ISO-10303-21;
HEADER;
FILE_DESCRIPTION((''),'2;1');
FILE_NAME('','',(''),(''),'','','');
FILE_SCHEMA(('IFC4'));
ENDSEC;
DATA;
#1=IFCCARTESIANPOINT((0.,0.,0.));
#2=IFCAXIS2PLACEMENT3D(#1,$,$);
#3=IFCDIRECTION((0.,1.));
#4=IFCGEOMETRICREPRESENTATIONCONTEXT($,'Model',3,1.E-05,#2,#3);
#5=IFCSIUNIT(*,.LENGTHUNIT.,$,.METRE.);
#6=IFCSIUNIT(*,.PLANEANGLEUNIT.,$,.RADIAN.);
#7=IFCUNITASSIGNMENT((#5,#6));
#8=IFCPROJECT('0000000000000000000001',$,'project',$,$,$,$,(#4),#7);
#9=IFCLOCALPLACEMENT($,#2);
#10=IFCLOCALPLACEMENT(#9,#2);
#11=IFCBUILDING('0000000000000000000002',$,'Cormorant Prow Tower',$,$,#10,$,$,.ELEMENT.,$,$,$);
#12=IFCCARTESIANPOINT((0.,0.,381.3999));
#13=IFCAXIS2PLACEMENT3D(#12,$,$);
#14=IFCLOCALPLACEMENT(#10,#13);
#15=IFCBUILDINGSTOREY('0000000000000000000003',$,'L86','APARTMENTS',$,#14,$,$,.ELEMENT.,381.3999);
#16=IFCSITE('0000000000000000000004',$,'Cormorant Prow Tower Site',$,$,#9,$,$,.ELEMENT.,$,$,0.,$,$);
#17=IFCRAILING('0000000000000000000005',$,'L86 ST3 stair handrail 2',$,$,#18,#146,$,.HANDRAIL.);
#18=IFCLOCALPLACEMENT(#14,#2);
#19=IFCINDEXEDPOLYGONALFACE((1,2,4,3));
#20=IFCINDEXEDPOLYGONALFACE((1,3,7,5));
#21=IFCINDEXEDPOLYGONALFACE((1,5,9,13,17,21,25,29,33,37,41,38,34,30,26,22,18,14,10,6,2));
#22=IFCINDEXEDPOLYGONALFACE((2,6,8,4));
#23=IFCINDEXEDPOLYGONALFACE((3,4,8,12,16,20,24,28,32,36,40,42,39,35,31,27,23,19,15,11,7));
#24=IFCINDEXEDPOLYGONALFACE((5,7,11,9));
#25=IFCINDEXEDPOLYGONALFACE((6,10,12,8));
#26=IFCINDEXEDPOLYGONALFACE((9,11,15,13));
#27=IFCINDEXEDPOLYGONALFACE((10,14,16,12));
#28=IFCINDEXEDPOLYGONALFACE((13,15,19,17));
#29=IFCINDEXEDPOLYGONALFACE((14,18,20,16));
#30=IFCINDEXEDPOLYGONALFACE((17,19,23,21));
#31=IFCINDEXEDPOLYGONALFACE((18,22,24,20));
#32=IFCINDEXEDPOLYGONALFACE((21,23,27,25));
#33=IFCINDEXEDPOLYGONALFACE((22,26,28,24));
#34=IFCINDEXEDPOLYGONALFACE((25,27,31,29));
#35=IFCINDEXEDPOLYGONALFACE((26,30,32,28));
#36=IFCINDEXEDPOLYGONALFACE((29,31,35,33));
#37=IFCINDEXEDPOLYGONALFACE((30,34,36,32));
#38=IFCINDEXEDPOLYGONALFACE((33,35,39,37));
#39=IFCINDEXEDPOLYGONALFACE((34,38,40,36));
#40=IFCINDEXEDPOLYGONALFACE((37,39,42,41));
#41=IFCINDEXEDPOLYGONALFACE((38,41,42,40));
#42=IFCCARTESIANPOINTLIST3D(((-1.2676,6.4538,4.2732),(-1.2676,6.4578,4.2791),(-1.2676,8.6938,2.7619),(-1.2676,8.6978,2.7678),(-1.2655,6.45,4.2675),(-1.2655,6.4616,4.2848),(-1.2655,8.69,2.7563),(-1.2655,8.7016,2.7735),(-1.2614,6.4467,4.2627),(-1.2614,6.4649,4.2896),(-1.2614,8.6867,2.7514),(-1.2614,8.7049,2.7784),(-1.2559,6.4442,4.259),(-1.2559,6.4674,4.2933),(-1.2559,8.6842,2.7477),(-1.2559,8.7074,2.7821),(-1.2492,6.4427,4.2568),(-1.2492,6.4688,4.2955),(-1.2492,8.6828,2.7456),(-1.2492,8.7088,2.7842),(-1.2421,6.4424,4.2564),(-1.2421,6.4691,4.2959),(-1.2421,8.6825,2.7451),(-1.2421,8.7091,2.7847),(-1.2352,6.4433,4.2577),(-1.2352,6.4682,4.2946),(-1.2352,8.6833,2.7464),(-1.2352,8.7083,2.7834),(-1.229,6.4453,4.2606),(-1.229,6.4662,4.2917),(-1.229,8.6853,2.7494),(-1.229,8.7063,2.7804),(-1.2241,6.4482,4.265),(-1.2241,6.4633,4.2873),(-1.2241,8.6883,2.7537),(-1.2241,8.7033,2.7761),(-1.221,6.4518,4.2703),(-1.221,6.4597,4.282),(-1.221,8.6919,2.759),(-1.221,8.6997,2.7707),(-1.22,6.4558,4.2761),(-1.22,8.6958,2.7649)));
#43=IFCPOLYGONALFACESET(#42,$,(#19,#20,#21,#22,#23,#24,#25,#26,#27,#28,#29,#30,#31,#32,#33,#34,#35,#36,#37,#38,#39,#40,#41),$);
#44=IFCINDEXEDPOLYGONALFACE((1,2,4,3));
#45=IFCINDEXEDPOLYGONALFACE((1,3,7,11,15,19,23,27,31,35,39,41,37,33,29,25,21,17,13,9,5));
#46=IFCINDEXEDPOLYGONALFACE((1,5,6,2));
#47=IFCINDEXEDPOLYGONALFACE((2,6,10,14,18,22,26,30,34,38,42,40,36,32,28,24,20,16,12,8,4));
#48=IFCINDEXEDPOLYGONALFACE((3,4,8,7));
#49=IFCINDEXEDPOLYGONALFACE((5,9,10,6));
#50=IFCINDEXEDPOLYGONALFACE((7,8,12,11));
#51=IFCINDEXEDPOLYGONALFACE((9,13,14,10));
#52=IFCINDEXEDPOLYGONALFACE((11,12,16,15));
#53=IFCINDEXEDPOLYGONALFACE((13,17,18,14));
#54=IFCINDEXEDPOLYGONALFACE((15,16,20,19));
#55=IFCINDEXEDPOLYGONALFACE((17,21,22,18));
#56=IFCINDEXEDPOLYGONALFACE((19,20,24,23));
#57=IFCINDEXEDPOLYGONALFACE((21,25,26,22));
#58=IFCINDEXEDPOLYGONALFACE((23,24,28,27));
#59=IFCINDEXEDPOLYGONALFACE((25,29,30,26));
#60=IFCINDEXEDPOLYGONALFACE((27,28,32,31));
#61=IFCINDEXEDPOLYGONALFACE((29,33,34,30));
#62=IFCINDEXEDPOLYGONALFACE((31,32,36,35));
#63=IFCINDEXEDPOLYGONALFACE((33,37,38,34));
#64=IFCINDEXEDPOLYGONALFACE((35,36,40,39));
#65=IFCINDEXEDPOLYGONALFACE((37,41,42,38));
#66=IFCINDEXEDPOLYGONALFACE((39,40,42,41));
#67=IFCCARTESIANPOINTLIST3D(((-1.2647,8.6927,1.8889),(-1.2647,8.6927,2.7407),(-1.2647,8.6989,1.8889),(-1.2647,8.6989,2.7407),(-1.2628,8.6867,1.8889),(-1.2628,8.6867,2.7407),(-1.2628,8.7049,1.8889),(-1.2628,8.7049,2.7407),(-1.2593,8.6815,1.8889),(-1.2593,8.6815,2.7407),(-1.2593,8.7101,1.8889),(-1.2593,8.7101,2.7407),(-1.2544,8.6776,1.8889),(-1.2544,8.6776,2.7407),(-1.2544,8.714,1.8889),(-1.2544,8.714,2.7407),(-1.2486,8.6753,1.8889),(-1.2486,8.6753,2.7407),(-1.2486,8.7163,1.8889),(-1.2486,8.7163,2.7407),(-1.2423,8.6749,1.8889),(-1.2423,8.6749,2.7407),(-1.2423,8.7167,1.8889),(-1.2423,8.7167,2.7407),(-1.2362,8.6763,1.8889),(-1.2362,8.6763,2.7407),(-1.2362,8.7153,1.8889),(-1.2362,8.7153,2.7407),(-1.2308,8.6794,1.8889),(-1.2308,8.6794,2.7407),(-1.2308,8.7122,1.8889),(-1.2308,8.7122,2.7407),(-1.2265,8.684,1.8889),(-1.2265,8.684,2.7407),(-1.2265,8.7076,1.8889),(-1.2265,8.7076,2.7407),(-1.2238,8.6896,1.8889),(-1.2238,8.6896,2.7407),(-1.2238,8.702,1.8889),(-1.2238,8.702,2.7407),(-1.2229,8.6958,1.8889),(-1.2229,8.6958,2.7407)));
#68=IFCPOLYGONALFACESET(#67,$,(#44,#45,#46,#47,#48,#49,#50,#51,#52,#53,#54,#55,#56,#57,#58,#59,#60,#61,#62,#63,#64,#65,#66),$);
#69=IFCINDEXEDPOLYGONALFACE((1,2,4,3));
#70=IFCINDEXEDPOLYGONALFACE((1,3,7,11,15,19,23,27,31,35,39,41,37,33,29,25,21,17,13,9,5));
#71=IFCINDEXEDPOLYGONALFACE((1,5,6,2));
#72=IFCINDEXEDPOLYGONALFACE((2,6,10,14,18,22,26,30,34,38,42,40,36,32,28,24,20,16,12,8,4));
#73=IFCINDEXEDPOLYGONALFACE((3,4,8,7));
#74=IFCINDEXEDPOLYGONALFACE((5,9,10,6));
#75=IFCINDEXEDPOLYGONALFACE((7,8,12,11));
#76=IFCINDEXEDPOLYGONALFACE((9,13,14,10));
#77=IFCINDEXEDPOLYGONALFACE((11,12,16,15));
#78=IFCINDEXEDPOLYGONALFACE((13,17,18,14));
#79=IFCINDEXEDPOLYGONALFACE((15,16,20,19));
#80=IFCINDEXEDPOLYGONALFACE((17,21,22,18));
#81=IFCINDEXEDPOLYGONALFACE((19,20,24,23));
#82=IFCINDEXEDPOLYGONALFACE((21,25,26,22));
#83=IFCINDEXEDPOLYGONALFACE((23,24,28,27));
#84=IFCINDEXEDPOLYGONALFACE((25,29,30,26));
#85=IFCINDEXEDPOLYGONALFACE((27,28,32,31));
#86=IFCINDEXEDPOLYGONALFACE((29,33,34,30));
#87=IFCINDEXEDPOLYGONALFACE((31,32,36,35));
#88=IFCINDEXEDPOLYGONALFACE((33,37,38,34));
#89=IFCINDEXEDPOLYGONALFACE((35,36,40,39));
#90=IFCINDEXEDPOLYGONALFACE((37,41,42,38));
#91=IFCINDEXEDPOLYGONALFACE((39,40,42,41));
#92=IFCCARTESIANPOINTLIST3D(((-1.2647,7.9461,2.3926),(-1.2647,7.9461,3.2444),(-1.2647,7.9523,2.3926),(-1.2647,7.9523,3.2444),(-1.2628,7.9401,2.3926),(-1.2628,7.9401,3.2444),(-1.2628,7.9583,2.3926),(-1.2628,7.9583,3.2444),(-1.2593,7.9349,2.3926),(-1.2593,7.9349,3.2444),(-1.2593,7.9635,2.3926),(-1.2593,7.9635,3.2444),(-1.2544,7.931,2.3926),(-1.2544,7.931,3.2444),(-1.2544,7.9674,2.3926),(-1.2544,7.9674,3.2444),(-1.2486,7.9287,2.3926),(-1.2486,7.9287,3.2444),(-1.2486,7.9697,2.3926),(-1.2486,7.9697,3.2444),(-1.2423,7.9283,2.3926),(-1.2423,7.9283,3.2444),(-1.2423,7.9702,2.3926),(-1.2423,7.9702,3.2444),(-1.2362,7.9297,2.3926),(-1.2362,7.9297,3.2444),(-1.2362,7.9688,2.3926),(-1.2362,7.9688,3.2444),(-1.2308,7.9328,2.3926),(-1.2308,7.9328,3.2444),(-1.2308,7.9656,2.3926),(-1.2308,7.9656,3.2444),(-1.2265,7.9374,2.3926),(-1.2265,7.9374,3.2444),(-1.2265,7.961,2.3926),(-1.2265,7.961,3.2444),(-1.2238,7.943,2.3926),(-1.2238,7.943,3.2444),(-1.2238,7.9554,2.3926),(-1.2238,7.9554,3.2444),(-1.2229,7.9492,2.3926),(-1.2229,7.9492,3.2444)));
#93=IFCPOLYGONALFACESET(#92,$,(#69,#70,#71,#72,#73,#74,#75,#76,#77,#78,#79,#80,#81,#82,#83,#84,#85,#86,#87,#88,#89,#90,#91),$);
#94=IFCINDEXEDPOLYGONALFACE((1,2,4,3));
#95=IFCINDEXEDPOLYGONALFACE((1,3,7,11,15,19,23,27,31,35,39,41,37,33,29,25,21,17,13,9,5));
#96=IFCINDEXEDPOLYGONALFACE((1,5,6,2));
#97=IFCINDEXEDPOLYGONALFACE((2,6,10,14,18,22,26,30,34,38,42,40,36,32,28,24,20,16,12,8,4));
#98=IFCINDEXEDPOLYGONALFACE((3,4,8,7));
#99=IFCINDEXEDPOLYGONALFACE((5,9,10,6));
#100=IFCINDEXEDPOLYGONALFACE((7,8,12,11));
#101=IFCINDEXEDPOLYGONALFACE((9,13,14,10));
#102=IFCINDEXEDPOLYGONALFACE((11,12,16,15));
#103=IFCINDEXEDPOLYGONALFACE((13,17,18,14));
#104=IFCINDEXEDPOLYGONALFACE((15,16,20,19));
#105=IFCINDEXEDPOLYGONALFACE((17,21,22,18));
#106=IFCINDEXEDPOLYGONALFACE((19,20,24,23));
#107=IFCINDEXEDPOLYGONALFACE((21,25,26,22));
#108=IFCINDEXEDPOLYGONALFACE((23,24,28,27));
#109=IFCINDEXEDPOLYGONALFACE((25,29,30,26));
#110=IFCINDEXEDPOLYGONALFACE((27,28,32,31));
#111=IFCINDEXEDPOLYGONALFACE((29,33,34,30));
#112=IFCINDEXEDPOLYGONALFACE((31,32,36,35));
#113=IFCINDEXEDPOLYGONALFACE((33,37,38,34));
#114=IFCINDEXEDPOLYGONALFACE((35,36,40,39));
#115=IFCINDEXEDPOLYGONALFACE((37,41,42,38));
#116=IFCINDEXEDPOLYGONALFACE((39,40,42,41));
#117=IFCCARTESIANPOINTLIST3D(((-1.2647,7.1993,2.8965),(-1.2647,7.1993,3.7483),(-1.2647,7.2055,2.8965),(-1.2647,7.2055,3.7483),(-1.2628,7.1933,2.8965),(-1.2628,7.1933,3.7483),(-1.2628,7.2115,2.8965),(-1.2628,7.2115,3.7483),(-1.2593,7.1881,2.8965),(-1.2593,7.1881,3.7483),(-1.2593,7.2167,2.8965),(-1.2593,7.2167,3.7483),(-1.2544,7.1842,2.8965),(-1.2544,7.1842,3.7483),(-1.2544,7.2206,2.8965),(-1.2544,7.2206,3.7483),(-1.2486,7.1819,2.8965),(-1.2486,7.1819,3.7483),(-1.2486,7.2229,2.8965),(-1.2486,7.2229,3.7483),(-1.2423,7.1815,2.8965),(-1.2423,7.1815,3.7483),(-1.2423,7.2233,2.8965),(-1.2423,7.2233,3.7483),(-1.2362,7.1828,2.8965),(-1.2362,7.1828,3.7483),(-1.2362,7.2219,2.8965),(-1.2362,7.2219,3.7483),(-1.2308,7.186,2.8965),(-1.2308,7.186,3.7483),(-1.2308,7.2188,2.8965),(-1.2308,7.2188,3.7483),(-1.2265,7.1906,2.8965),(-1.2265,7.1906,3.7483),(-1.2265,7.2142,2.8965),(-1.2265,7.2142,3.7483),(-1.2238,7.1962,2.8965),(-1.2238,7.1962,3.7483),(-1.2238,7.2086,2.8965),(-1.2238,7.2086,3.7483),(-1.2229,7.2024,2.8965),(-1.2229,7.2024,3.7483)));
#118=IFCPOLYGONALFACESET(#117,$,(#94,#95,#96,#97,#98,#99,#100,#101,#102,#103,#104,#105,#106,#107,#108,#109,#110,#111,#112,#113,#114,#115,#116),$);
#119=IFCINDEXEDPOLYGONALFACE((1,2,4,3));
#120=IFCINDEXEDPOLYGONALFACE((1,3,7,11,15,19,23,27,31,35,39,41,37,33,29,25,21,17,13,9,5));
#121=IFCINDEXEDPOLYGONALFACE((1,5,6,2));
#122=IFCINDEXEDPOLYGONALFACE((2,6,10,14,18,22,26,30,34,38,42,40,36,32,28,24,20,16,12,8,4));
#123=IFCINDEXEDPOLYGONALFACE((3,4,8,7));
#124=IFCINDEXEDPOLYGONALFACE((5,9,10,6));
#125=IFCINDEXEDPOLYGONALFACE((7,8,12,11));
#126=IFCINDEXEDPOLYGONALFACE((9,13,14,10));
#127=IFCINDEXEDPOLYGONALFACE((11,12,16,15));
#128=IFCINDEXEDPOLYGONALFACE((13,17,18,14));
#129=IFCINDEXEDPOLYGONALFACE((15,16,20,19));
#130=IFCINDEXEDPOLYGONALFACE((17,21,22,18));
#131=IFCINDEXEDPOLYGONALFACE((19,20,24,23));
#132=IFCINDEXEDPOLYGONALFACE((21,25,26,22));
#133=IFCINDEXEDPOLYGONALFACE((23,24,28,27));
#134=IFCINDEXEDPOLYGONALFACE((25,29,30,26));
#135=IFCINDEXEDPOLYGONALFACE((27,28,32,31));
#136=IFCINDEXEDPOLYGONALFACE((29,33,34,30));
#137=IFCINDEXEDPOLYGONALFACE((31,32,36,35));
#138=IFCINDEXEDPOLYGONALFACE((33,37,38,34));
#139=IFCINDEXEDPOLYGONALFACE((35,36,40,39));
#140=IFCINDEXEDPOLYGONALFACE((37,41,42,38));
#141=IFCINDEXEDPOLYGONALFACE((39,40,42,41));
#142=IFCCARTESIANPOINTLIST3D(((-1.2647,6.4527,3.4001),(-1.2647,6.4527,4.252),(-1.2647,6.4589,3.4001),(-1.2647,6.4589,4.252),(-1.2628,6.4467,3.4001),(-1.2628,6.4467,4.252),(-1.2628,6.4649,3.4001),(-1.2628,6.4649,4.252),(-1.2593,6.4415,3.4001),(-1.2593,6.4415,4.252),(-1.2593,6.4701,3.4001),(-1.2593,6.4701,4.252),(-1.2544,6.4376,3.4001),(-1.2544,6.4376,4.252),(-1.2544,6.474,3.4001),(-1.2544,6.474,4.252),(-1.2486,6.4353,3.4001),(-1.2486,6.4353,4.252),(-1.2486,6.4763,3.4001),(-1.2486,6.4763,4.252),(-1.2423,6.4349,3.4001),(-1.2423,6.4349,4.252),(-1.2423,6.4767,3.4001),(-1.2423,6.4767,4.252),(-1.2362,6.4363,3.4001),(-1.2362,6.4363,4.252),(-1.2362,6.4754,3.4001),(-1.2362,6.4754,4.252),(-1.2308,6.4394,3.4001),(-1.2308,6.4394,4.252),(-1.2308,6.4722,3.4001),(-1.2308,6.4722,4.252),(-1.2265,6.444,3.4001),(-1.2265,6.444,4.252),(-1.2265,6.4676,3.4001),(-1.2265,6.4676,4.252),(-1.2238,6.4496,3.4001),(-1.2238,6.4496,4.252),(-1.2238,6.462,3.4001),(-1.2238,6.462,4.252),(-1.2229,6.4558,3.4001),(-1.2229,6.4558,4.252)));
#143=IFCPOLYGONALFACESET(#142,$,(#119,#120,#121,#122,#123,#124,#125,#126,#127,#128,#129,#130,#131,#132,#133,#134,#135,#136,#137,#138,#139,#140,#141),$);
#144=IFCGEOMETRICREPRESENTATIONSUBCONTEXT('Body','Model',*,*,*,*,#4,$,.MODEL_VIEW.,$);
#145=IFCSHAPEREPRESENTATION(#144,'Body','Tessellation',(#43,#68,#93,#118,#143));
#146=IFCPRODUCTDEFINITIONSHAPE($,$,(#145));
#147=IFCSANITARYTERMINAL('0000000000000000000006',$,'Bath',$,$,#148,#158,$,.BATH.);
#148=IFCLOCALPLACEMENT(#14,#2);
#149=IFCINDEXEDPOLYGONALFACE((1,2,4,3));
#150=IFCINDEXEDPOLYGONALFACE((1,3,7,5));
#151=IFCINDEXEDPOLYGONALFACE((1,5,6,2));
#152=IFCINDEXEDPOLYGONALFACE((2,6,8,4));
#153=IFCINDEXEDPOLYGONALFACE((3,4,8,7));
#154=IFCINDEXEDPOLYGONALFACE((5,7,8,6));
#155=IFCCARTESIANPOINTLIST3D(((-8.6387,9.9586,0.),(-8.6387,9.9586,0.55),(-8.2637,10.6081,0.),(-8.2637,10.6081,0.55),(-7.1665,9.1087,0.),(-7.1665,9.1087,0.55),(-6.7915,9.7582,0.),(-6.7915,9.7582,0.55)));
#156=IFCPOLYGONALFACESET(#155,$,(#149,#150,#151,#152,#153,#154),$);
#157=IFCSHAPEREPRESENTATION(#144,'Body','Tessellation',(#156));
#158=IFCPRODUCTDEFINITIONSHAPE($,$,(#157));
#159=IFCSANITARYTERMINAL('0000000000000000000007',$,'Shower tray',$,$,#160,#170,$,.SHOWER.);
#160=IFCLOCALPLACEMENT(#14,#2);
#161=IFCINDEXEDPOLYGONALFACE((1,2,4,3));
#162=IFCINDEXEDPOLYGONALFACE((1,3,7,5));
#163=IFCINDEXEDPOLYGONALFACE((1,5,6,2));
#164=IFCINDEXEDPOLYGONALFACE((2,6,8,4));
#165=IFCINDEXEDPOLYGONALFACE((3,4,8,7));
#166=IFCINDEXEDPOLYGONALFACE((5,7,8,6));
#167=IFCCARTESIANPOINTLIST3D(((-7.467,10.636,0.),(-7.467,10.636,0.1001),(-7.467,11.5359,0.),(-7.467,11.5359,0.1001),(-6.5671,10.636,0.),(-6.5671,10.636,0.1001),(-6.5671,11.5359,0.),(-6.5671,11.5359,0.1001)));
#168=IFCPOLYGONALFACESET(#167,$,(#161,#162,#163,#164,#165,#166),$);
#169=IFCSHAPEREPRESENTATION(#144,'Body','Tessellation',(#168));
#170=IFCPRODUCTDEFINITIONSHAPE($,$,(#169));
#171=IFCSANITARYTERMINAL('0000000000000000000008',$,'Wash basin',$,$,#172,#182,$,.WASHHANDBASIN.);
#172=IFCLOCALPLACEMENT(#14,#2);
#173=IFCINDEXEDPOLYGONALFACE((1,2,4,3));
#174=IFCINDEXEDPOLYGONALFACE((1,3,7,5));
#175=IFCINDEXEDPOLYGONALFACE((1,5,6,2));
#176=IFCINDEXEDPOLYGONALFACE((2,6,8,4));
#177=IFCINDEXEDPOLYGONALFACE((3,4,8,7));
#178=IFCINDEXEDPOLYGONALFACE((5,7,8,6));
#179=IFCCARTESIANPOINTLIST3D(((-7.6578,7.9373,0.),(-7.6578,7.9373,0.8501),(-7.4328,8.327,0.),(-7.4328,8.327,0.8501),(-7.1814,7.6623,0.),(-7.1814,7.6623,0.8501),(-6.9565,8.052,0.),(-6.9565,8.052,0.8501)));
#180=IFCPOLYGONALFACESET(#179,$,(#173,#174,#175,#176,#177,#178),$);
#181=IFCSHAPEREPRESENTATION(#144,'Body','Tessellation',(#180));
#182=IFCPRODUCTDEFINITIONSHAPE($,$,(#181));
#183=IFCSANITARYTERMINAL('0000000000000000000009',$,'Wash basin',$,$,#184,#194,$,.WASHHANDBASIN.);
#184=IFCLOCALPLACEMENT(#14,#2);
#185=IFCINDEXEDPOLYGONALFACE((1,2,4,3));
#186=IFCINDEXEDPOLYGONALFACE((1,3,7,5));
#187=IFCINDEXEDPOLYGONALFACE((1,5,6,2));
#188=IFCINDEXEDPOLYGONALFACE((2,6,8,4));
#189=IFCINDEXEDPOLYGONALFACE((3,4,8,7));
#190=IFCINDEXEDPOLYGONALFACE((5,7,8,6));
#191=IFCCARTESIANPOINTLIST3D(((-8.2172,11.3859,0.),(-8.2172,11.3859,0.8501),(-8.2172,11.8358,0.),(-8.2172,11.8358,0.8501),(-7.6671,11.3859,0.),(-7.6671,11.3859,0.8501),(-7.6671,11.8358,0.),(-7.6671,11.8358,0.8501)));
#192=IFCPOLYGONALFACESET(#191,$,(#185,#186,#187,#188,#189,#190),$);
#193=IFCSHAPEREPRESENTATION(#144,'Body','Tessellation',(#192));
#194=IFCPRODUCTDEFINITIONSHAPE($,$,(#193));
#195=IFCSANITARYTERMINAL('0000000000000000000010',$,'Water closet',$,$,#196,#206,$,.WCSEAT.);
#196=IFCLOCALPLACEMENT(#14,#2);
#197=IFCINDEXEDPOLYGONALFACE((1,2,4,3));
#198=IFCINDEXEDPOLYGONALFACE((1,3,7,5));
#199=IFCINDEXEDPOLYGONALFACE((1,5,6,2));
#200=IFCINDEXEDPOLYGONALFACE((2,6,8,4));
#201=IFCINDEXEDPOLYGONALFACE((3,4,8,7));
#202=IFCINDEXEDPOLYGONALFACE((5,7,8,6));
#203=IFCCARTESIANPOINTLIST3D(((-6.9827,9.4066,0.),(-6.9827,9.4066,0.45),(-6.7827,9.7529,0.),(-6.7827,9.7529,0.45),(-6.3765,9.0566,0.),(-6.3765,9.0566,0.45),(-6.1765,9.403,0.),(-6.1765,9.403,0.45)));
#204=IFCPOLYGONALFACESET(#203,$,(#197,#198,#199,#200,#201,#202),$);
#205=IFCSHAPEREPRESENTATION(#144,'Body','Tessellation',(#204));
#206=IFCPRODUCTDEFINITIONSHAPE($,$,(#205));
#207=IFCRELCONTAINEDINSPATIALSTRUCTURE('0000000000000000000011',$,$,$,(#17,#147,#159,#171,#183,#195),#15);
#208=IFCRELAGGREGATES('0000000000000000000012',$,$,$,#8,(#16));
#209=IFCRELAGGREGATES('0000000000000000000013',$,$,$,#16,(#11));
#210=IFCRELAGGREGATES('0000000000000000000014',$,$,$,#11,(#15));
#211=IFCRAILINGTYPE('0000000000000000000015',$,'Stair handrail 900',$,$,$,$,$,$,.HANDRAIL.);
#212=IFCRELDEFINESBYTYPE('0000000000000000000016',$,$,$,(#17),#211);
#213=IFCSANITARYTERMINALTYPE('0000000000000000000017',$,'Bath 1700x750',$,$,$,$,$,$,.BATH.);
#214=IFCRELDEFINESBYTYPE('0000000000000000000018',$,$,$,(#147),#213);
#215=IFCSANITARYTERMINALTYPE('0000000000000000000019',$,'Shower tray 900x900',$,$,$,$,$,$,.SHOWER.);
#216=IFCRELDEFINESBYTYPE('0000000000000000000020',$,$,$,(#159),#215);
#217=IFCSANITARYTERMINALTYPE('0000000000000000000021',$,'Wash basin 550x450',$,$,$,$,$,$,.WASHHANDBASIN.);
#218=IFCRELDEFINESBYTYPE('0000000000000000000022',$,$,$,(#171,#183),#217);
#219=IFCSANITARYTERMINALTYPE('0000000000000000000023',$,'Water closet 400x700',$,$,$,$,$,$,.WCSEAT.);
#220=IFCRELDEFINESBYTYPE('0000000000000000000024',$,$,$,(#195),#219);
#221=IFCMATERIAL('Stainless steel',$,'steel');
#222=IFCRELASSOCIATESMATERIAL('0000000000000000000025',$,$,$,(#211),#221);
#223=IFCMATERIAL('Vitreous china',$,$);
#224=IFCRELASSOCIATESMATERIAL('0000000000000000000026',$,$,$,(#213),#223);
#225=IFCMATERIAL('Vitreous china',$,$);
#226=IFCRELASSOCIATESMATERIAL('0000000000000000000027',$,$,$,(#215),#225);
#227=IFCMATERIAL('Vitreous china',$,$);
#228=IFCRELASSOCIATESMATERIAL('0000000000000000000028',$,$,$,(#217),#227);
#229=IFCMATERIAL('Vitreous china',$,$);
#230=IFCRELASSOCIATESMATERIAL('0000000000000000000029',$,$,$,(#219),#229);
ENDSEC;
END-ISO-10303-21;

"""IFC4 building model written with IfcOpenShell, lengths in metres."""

from ifc_helpers import new_model, si_unit, direction, frame, origin, origin_2d, place, context, subcontext, project, spatial, rectangle, circle, extrude, material, type_object, element, save


model = new_model("IFC4")

# Units and contexts
model_context = context("Model", 3, precision=1e-05, world=origin(), true_north=direction((0.0, 1.0)))
body_context = subcontext(model_context, "Body", "Model", "MODEL_VIEW")
ifc_project = project(units=[si_unit("LENGTHUNIT", "METRE"), si_unit("PLANEANGLEUNIT", "RADIAN")], contexts=[model_context])

# Site, building, storey
site_placement = place(None, origin())
site = spatial("IfcSite", under=ifc_project, at=site_placement, Name="Cormorant Prow Tower Site", CompositionType="ELEMENT", RefElevation=0.0)
building_placement = place(site_placement, origin())
building = spatial("IfcBuilding", under=site, at=building_placement, Name="Cormorant Prow Tower", CompositionType="ELEMENT")
storey_placement = place(building_placement, frame((0.0, 0.0, 381.3999)))
storey = spatial("IfcBuildingStorey", under=building, at=storey_placement, Name="L86", Description="APARTMENTS", CompositionType="ELEMENT", Elevation=381.3999)

# Railing
ifc_material_1 = material(Name="Stainless steel", Category="steel")
railing_type = type_object("IfcRailingType", Name="Stair handrail 900", PredefinedType="HANDRAIL", material=ifc_material_1)
railing_placement = place(storey_placement, frame((-1.2439, 8.6958, 1.8889)))
element("IfcRailing", 1, at=railing_placement, inside=storey, type_object=railing_type, Name="L86 ST3 stair handrail 2", PredefinedType="HANDRAIL", context=body_context, shape_type="SweptSolid", body=[
    extrude(circle(Radius=0.0239, at=origin_2d()), frame((0.0, 0.0, 0.876), z_axis=(0.0, -0.82898, 0.559279), x_axis=(1.0, 0.0, 0.0)), (0.0, 0.0, 1.0), 2.7021),
    extrude(circle(Radius=0.021, at=origin_2d()), origin(), (0.0, 0.0, 1.0), 0.8518),
    extrude(circle(Radius=0.021, at=origin_2d()), frame((0.0, -0.7466, 0.5037)), (0.0, 0.0, 1.0), 0.8518),
    extrude(circle(Radius=0.021, at=origin_2d()), frame((0.0, -1.4934, 1.0076)), (0.0, 0.0, 1.0), 0.8518),
    extrude(circle(Radius=0.021, at=origin_2d()), frame((0.0, -2.24, 1.5112)), (0.0, 0.0, 1.0), 0.8518),
])

# Sanitary terminals
ifc_material_2 = material(Name="Vitreous china")
sanitary_terminal_type_1 = type_object("IfcSanitaryTerminalType", Name="Bath 1700x750", PredefinedType="BATH", material=ifc_material_2)
sanitary_terminal_1_placement = place(storey_placement, frame((-7.7151, 9.8584, 0.0), z_axis=(0.0, 0.0, 1.0), x_axis=(0.866025, -0.5, 0.0)))
element("IfcSanitaryTerminal", 2, at=sanitary_terminal_1_placement, inside=storey, type_object=sanitary_terminal_type_1, Name="Bath", PredefinedType="BATH", context=body_context, shape_type="SweptSolid", body=[
    extrude(rectangle(XDim=1.7, YDim=0.75, at=origin_2d()), origin(), (0.0, 0.0, 1.0), 0.55),
])
ifc_material_3 = material(Name="Vitreous china")
sanitary_terminal_type_2 = type_object("IfcSanitaryTerminalType", Name="Shower tray 900x900", PredefinedType="SHOWER", material=ifc_material_3)
sanitary_terminal_2_placement = place(storey_placement, frame((-7.0171, 11.0859, 0.0), z_axis=(0.0, 0.0, 1.0), x_axis=(1.0, 0.0, 0.0)))
element("IfcSanitaryTerminal", 3, at=sanitary_terminal_2_placement, inside=storey, type_object=sanitary_terminal_type_2, Name="Shower tray", PredefinedType="SHOWER", context=body_context, shape_type="SweptSolid", body=[
    extrude(rectangle(XDim=0.8999, YDim=0.8999, at=origin_2d()), origin(), (0.0, 0.0, 1.0), 0.1001),
])
ifc_material_4 = material(Name="Vitreous china")
sanitary_terminal_type_3 = type_object("IfcSanitaryTerminalType", Name="Wash basin 550x450", PredefinedType="WASHHANDBASIN", material=ifc_material_4)
for number, where, z_axis, x_axis, name in (
    (4, (-7.3071, 7.9946, 0.0), (0.0, 0.0, 1.0), (-0.866025, 0.5, 0.0), "Wash basin"),
    (5, (-7.9421, 11.6108, 0.0), (0.0, 0.0, 1.0), (1.0, 0.0, 0.0), "Wash basin"),
):
    element("IfcSanitaryTerminal", number, at=place(storey_placement, frame(where, z_axis=z_axis, x_axis=x_axis)), inside=storey, type_object=sanitary_terminal_type_3, Name=name, PredefinedType="WASHHANDBASIN", context=body_context, shape_type="SweptSolid", body=[
        extrude(rectangle(XDim=0.55, YDim=0.45, at=origin_2d()), origin(), (0.0, 0.0, 1.0), 0.8501),
    ])
ifc_material_5 = material(Name="Vitreous china")
sanitary_terminal_type_4 = type_object("IfcSanitaryTerminalType", Name="Water closet 400x700", PredefinedType="WCSEAT", material=ifc_material_5)
sanitary_terminal_3_placement = place(storey_placement, frame((-6.5796, 9.4048, 0.0), z_axis=(0.0, 0.0, 1.0), x_axis=(-0.5, -0.866025, 0.0)))
element("IfcSanitaryTerminal", 6, at=sanitary_terminal_3_placement, inside=storey, type_object=sanitary_terminal_type_4, Name="Water closet", PredefinedType="WCSEAT", context=body_context, shape_type="SweptSolid", body=[
    extrude(rectangle(XDim=0.3999, YDim=0.7, at=origin_2d()), origin(), (0.0, 0.0, 1.0), 0.45),
])

save(model, "model.ifc")
